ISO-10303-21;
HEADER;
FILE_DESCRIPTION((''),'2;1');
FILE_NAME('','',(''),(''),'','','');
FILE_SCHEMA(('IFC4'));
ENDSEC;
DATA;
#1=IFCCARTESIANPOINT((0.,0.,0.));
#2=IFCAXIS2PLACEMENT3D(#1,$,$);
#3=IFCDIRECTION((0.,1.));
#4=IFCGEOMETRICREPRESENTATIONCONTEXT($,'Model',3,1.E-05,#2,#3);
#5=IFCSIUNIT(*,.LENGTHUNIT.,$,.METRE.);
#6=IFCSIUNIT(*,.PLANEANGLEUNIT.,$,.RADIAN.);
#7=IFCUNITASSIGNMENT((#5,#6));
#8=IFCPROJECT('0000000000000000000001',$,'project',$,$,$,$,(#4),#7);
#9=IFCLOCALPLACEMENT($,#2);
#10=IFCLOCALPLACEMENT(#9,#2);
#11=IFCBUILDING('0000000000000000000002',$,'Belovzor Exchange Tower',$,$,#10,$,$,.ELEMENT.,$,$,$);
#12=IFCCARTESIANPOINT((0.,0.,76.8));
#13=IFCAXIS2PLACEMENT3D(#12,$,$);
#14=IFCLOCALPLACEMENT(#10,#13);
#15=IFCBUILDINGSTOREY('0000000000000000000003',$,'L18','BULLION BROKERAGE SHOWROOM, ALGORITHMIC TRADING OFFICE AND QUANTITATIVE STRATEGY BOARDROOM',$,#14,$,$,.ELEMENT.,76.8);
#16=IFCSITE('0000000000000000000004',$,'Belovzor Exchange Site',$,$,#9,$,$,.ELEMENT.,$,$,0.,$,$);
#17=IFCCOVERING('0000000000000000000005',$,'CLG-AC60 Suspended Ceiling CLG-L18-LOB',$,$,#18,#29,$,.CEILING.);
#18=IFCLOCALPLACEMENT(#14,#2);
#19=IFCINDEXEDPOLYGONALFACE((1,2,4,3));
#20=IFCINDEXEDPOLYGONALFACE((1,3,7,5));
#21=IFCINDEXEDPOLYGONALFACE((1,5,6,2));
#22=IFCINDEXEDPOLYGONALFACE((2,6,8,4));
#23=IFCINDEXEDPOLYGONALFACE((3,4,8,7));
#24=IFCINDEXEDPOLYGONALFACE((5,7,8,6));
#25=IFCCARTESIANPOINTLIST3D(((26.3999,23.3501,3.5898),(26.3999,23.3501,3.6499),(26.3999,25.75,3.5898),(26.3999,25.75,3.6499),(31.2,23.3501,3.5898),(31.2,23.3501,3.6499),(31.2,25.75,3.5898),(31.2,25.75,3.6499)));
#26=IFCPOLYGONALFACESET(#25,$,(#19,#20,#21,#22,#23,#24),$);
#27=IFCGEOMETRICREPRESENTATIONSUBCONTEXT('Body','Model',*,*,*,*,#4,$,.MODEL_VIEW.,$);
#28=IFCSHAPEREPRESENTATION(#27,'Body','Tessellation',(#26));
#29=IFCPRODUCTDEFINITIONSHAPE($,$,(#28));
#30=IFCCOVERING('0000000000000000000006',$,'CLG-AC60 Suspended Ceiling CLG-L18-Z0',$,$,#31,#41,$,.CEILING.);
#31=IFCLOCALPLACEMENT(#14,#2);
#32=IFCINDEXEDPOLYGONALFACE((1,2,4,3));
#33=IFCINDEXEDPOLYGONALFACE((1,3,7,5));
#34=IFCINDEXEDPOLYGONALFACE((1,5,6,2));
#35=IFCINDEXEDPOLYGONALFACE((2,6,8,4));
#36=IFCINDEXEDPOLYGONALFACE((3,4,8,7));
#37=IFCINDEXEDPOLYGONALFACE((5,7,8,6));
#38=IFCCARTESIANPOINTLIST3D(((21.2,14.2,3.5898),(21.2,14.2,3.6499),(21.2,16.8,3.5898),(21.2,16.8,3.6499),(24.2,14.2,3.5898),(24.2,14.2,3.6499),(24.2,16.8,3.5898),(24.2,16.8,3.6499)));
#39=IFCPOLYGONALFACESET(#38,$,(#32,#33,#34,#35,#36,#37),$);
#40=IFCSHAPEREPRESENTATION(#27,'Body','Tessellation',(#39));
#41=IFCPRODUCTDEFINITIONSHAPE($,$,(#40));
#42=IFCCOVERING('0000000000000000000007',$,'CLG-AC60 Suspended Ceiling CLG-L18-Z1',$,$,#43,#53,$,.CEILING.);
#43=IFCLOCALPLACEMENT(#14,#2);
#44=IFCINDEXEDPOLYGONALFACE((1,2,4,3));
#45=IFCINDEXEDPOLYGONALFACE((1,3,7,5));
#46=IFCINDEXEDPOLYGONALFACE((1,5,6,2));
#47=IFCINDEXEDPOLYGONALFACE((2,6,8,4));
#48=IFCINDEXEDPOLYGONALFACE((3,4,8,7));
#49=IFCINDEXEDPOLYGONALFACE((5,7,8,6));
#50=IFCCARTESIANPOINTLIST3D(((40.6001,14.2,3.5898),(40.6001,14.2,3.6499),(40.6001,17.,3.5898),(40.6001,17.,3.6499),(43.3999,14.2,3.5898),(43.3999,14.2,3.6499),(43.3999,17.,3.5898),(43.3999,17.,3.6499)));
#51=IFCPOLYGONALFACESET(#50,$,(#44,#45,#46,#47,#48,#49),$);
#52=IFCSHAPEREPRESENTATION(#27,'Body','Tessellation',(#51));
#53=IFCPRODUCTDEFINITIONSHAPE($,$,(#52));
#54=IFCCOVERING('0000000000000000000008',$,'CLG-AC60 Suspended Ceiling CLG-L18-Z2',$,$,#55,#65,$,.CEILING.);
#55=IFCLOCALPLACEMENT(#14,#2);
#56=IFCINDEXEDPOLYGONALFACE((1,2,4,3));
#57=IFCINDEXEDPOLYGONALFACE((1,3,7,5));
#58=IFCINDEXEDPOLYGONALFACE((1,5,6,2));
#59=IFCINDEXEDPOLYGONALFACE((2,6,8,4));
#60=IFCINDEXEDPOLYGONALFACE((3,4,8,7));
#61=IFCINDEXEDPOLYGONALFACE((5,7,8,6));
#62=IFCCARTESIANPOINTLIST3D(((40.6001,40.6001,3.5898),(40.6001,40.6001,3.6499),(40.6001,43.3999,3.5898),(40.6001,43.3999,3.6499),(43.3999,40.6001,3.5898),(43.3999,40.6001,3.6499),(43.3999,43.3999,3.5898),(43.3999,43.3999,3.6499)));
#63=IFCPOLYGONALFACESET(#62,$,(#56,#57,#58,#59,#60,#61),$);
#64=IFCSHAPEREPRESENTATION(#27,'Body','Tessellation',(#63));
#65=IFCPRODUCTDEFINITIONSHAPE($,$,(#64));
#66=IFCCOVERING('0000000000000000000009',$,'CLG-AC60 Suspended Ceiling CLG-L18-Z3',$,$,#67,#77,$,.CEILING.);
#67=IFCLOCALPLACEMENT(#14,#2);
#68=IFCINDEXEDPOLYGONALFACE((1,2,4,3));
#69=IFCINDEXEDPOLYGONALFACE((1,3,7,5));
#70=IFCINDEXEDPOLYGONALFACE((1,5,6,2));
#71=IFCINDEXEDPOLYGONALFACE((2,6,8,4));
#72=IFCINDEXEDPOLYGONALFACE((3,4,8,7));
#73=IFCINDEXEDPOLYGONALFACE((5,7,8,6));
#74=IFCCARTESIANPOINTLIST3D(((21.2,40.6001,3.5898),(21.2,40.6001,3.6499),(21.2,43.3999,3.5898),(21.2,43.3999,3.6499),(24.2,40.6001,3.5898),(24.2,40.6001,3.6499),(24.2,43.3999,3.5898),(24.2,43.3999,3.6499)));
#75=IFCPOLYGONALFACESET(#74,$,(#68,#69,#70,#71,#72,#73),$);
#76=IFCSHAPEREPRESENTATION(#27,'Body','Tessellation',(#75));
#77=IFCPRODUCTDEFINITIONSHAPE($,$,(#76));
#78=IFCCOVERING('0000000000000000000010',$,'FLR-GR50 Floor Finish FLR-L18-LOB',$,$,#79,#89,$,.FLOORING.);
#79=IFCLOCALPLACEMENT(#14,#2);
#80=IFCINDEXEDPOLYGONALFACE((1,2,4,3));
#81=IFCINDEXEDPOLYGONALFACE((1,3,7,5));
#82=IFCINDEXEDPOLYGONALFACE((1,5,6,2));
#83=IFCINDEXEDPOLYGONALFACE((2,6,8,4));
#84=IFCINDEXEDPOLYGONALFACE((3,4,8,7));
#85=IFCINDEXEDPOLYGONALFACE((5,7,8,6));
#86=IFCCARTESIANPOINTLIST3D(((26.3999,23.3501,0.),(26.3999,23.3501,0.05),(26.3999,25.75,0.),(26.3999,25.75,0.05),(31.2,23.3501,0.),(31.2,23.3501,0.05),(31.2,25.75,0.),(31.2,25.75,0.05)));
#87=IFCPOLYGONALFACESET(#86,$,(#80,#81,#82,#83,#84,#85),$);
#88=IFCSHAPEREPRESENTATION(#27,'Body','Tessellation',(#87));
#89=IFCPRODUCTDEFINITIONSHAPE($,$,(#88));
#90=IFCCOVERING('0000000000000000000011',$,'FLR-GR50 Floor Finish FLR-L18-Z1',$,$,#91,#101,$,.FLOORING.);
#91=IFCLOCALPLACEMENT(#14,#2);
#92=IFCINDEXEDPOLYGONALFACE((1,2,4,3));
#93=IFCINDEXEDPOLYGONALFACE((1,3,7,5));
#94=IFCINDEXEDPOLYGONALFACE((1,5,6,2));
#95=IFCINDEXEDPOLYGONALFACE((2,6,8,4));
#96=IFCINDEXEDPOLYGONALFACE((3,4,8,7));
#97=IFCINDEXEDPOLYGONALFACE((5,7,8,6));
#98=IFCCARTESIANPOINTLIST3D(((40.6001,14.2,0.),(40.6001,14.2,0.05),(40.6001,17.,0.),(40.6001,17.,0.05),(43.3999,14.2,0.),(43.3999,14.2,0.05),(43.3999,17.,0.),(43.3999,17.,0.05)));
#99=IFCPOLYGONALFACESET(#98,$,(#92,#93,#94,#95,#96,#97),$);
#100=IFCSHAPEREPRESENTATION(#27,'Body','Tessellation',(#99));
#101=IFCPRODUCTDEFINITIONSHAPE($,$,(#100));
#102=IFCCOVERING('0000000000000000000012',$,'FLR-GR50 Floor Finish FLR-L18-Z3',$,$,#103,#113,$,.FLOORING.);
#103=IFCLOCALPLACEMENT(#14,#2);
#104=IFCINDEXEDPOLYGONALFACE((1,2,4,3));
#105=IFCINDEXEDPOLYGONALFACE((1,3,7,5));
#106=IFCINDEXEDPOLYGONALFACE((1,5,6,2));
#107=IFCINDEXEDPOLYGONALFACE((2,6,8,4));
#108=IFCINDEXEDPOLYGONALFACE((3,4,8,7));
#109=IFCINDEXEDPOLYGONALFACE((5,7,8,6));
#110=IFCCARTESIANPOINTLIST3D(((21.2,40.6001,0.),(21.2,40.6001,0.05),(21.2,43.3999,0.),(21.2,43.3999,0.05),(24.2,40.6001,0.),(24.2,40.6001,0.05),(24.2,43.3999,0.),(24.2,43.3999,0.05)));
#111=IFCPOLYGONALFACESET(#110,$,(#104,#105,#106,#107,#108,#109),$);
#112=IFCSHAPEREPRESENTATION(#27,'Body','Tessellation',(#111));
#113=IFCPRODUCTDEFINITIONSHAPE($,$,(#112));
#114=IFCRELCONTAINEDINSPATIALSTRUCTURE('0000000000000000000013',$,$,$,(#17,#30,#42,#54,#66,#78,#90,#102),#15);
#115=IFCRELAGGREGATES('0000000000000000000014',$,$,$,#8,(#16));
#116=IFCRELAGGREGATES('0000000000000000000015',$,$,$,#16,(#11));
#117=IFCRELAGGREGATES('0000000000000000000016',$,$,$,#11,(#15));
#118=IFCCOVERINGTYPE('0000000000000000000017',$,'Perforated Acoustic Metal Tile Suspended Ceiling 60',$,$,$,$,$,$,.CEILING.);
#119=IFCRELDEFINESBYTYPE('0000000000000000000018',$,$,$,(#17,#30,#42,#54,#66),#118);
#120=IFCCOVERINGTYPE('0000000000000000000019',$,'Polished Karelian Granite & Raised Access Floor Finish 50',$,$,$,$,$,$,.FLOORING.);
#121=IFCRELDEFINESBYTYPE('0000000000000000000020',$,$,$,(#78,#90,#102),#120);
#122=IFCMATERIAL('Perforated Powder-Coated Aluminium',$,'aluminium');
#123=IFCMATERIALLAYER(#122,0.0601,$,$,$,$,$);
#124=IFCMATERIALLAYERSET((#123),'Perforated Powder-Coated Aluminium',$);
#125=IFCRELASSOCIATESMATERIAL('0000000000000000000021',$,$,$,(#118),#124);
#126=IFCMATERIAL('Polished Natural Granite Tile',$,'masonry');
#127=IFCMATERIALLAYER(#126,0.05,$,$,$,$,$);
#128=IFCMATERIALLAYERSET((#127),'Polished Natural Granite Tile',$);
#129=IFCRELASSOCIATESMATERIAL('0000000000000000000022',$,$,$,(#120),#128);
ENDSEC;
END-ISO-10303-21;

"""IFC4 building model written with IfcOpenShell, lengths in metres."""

from ifc_helpers import new_model, si_unit, direction, frame, origin, place, context, subcontext, project, spatial, polyline, outline, extrude, material, layer, layer_set, type_object, element, save


model = new_model("IFC4")

# Units and contexts
model_context = context("Model", 3, precision=1e-05, world=origin(), true_north=direction((0.0, 1.0)))
body_context = subcontext(model_context, "Body", "Model", "MODEL_VIEW")
ifc_project = project(units=[si_unit("LENGTHUNIT", "METRE"), si_unit("PLANEANGLEUNIT", "RADIAN")], contexts=[model_context])

# Site, building, storey
site_placement = place(None, origin())
site = spatial("IfcSite", under=ifc_project, at=site_placement, Name="Belovzor Exchange Site", CompositionType="ELEMENT", RefElevation=0.0)
building_placement = place(site_placement, origin())
building = spatial("IfcBuilding", under=site, at=building_placement, Name="Belovzor Exchange Tower", CompositionType="ELEMENT")
storey_placement = place(building_placement, frame((0.0, 0.0, 76.8)))
storey = spatial("IfcBuildingStorey", under=building, at=storey_placement, Name="L18", Description="BULLION BROKERAGE SHOWROOM, ALGORITHMIC TRADING OFFICE AND QUANTITATIVE STRATEGY BOARDROOM", CompositionType="ELEMENT", Elevation=76.8)

# Coverings
ifc_material_1 = material(Name="Perforated Powder-Coated Aluminium", Category="aluminium")
ifc_layer_1 = layer(ifc_material_1, 0.0601)
ifc_layer_set_1 = layer_set([ifc_layer_1], Name="Perforated Powder-Coated Aluminium")
covering_type_1 = type_object("IfcCoveringType", Name="Perforated Acoustic Metal Tile Suspended Ceiling 60", PredefinedType="CEILING", material=ifc_layer_set_1)
covering_1_placement = place(storey_placement, frame((0.0, 0.0, 3.5898)))
element("IfcCovering", 1, at=covering_1_placement, inside=storey, type_object=covering_type_1, Name="CLG-AC60 Suspended Ceiling CLG-L18-LOB", PredefinedType="CEILING", context=body_context, shape_type="SweptSolid", body=[
    extrude(outline(polyline([(26.3999, 23.3501), (31.2, 23.3501), (31.2, 25.75), (26.3999, 25.75), (26.3999, 23.3501)])), origin(), (0.0, 0.0, 1.0), 0.0601),
])
covering_2_placement = place(storey_placement, frame((0.0, 0.0, 3.5898)))
element("IfcCovering", 2, at=covering_2_placement, inside=storey, type_object=covering_type_1, Name="CLG-AC60 Suspended Ceiling CLG-L18-Z0", PredefinedType="CEILING", context=body_context, shape_type="SweptSolid", body=[
    extrude(outline(polyline([(21.2, 14.2), (24.2, 14.2), (24.2, 16.8), (21.2, 16.8), (21.2, 14.2)])), origin(), (0.0, 0.0, 1.0), 0.0601),
])
covering_3_placement = place(storey_placement, frame((0.0, 0.0, 3.5898)))
element("IfcCovering", 3, at=covering_3_placement, inside=storey, type_object=covering_type_1, Name="CLG-AC60 Suspended Ceiling CLG-L18-Z1", PredefinedType="CEILING", context=body_context, shape_type="SweptSolid", body=[
    extrude(outline(polyline([(40.6001, 14.2), (43.3999, 14.2), (43.3999, 17.0), (40.6001, 17.0), (40.6001, 14.2)])), origin(), (0.0, 0.0, 1.0), 0.0601),
])
covering_4_placement = place(storey_placement, frame((0.0, 0.0, 3.5898)))
element("IfcCovering", 4, at=covering_4_placement, inside=storey, type_object=covering_type_1, Name="CLG-AC60 Suspended Ceiling CLG-L18-Z2", PredefinedType="CEILING", context=body_context, shape_type="SweptSolid", body=[
    extrude(outline(polyline([(40.6001, 40.6001), (43.3999, 40.6001), (43.3999, 43.3999), (40.6001, 43.3999), (40.6001, 40.6001)])), origin(), (0.0, 0.0, 1.0), 0.0601),
])
covering_5_placement = place(storey_placement, frame((0.0, 0.0, 3.5898)))
element("IfcCovering", 5, at=covering_5_placement, inside=storey, type_object=covering_type_1, Name="CLG-AC60 Suspended Ceiling CLG-L18-Z3", PredefinedType="CEILING", context=body_context, shape_type="SweptSolid", body=[
    extrude(outline(polyline([(21.2, 40.6001), (24.2, 40.6001), (24.2, 43.3999), (21.2, 43.3999), (21.2, 40.6001)])), origin(), (0.0, 0.0, 1.0), 0.0601),
])
ifc_material_2 = material(Name="Polished Natural Granite Tile", Category="masonry")
ifc_layer_2 = layer(ifc_material_2, 0.05)
ifc_layer_set_2 = layer_set([ifc_layer_2], Name="Polished Natural Granite Tile")
covering_type_2 = type_object("IfcCoveringType", Name="Polished Karelian Granite & Raised Access Floor Finish 50", PredefinedType="FLOORING", material=ifc_layer_set_2)
covering_6_placement = place(storey_placement, origin())
element("IfcCovering", 6, at=covering_6_placement, inside=storey, type_object=covering_type_2, Name="FLR-GR50 Floor Finish FLR-L18-LOB", PredefinedType="FLOORING", context=body_context, shape_type="SweptSolid", body=[
    extrude(outline(polyline([(26.3999, 23.3501), (31.2, 23.3501), (31.2, 25.75), (26.3999, 25.75), (26.3999, 23.3501)])), origin(), (0.0, 0.0, 1.0), 0.05),
])
covering_7_placement = place(storey_placement, origin())
element("IfcCovering", 7, at=covering_7_placement, inside=storey, type_object=covering_type_2, Name="FLR-GR50 Floor Finish FLR-L18-Z1", PredefinedType="FLOORING", context=body_context, shape_type="SweptSolid", body=[
    extrude(outline(polyline([(40.6001, 14.2), (43.3999, 14.2), (43.3999, 17.0), (40.6001, 17.0), (40.6001, 14.2)])), origin(), (0.0, 0.0, 1.0), 0.05),
])
covering_8_placement = place(storey_placement, origin())
element("IfcCovering", 8, at=covering_8_placement, inside=storey, type_object=covering_type_2, Name="FLR-GR50 Floor Finish FLR-L18-Z3", PredefinedType="FLOORING", context=body_context, shape_type="SweptSolid", body=[
    extrude(outline(polyline([(21.2, 40.6001), (24.2, 40.6001), (24.2, 43.3999), (21.2, 43.3999), (21.2, 40.6001)])), origin(), (0.0, 0.0, 1.0), 0.05),
])

save(model, "model.ifc")
